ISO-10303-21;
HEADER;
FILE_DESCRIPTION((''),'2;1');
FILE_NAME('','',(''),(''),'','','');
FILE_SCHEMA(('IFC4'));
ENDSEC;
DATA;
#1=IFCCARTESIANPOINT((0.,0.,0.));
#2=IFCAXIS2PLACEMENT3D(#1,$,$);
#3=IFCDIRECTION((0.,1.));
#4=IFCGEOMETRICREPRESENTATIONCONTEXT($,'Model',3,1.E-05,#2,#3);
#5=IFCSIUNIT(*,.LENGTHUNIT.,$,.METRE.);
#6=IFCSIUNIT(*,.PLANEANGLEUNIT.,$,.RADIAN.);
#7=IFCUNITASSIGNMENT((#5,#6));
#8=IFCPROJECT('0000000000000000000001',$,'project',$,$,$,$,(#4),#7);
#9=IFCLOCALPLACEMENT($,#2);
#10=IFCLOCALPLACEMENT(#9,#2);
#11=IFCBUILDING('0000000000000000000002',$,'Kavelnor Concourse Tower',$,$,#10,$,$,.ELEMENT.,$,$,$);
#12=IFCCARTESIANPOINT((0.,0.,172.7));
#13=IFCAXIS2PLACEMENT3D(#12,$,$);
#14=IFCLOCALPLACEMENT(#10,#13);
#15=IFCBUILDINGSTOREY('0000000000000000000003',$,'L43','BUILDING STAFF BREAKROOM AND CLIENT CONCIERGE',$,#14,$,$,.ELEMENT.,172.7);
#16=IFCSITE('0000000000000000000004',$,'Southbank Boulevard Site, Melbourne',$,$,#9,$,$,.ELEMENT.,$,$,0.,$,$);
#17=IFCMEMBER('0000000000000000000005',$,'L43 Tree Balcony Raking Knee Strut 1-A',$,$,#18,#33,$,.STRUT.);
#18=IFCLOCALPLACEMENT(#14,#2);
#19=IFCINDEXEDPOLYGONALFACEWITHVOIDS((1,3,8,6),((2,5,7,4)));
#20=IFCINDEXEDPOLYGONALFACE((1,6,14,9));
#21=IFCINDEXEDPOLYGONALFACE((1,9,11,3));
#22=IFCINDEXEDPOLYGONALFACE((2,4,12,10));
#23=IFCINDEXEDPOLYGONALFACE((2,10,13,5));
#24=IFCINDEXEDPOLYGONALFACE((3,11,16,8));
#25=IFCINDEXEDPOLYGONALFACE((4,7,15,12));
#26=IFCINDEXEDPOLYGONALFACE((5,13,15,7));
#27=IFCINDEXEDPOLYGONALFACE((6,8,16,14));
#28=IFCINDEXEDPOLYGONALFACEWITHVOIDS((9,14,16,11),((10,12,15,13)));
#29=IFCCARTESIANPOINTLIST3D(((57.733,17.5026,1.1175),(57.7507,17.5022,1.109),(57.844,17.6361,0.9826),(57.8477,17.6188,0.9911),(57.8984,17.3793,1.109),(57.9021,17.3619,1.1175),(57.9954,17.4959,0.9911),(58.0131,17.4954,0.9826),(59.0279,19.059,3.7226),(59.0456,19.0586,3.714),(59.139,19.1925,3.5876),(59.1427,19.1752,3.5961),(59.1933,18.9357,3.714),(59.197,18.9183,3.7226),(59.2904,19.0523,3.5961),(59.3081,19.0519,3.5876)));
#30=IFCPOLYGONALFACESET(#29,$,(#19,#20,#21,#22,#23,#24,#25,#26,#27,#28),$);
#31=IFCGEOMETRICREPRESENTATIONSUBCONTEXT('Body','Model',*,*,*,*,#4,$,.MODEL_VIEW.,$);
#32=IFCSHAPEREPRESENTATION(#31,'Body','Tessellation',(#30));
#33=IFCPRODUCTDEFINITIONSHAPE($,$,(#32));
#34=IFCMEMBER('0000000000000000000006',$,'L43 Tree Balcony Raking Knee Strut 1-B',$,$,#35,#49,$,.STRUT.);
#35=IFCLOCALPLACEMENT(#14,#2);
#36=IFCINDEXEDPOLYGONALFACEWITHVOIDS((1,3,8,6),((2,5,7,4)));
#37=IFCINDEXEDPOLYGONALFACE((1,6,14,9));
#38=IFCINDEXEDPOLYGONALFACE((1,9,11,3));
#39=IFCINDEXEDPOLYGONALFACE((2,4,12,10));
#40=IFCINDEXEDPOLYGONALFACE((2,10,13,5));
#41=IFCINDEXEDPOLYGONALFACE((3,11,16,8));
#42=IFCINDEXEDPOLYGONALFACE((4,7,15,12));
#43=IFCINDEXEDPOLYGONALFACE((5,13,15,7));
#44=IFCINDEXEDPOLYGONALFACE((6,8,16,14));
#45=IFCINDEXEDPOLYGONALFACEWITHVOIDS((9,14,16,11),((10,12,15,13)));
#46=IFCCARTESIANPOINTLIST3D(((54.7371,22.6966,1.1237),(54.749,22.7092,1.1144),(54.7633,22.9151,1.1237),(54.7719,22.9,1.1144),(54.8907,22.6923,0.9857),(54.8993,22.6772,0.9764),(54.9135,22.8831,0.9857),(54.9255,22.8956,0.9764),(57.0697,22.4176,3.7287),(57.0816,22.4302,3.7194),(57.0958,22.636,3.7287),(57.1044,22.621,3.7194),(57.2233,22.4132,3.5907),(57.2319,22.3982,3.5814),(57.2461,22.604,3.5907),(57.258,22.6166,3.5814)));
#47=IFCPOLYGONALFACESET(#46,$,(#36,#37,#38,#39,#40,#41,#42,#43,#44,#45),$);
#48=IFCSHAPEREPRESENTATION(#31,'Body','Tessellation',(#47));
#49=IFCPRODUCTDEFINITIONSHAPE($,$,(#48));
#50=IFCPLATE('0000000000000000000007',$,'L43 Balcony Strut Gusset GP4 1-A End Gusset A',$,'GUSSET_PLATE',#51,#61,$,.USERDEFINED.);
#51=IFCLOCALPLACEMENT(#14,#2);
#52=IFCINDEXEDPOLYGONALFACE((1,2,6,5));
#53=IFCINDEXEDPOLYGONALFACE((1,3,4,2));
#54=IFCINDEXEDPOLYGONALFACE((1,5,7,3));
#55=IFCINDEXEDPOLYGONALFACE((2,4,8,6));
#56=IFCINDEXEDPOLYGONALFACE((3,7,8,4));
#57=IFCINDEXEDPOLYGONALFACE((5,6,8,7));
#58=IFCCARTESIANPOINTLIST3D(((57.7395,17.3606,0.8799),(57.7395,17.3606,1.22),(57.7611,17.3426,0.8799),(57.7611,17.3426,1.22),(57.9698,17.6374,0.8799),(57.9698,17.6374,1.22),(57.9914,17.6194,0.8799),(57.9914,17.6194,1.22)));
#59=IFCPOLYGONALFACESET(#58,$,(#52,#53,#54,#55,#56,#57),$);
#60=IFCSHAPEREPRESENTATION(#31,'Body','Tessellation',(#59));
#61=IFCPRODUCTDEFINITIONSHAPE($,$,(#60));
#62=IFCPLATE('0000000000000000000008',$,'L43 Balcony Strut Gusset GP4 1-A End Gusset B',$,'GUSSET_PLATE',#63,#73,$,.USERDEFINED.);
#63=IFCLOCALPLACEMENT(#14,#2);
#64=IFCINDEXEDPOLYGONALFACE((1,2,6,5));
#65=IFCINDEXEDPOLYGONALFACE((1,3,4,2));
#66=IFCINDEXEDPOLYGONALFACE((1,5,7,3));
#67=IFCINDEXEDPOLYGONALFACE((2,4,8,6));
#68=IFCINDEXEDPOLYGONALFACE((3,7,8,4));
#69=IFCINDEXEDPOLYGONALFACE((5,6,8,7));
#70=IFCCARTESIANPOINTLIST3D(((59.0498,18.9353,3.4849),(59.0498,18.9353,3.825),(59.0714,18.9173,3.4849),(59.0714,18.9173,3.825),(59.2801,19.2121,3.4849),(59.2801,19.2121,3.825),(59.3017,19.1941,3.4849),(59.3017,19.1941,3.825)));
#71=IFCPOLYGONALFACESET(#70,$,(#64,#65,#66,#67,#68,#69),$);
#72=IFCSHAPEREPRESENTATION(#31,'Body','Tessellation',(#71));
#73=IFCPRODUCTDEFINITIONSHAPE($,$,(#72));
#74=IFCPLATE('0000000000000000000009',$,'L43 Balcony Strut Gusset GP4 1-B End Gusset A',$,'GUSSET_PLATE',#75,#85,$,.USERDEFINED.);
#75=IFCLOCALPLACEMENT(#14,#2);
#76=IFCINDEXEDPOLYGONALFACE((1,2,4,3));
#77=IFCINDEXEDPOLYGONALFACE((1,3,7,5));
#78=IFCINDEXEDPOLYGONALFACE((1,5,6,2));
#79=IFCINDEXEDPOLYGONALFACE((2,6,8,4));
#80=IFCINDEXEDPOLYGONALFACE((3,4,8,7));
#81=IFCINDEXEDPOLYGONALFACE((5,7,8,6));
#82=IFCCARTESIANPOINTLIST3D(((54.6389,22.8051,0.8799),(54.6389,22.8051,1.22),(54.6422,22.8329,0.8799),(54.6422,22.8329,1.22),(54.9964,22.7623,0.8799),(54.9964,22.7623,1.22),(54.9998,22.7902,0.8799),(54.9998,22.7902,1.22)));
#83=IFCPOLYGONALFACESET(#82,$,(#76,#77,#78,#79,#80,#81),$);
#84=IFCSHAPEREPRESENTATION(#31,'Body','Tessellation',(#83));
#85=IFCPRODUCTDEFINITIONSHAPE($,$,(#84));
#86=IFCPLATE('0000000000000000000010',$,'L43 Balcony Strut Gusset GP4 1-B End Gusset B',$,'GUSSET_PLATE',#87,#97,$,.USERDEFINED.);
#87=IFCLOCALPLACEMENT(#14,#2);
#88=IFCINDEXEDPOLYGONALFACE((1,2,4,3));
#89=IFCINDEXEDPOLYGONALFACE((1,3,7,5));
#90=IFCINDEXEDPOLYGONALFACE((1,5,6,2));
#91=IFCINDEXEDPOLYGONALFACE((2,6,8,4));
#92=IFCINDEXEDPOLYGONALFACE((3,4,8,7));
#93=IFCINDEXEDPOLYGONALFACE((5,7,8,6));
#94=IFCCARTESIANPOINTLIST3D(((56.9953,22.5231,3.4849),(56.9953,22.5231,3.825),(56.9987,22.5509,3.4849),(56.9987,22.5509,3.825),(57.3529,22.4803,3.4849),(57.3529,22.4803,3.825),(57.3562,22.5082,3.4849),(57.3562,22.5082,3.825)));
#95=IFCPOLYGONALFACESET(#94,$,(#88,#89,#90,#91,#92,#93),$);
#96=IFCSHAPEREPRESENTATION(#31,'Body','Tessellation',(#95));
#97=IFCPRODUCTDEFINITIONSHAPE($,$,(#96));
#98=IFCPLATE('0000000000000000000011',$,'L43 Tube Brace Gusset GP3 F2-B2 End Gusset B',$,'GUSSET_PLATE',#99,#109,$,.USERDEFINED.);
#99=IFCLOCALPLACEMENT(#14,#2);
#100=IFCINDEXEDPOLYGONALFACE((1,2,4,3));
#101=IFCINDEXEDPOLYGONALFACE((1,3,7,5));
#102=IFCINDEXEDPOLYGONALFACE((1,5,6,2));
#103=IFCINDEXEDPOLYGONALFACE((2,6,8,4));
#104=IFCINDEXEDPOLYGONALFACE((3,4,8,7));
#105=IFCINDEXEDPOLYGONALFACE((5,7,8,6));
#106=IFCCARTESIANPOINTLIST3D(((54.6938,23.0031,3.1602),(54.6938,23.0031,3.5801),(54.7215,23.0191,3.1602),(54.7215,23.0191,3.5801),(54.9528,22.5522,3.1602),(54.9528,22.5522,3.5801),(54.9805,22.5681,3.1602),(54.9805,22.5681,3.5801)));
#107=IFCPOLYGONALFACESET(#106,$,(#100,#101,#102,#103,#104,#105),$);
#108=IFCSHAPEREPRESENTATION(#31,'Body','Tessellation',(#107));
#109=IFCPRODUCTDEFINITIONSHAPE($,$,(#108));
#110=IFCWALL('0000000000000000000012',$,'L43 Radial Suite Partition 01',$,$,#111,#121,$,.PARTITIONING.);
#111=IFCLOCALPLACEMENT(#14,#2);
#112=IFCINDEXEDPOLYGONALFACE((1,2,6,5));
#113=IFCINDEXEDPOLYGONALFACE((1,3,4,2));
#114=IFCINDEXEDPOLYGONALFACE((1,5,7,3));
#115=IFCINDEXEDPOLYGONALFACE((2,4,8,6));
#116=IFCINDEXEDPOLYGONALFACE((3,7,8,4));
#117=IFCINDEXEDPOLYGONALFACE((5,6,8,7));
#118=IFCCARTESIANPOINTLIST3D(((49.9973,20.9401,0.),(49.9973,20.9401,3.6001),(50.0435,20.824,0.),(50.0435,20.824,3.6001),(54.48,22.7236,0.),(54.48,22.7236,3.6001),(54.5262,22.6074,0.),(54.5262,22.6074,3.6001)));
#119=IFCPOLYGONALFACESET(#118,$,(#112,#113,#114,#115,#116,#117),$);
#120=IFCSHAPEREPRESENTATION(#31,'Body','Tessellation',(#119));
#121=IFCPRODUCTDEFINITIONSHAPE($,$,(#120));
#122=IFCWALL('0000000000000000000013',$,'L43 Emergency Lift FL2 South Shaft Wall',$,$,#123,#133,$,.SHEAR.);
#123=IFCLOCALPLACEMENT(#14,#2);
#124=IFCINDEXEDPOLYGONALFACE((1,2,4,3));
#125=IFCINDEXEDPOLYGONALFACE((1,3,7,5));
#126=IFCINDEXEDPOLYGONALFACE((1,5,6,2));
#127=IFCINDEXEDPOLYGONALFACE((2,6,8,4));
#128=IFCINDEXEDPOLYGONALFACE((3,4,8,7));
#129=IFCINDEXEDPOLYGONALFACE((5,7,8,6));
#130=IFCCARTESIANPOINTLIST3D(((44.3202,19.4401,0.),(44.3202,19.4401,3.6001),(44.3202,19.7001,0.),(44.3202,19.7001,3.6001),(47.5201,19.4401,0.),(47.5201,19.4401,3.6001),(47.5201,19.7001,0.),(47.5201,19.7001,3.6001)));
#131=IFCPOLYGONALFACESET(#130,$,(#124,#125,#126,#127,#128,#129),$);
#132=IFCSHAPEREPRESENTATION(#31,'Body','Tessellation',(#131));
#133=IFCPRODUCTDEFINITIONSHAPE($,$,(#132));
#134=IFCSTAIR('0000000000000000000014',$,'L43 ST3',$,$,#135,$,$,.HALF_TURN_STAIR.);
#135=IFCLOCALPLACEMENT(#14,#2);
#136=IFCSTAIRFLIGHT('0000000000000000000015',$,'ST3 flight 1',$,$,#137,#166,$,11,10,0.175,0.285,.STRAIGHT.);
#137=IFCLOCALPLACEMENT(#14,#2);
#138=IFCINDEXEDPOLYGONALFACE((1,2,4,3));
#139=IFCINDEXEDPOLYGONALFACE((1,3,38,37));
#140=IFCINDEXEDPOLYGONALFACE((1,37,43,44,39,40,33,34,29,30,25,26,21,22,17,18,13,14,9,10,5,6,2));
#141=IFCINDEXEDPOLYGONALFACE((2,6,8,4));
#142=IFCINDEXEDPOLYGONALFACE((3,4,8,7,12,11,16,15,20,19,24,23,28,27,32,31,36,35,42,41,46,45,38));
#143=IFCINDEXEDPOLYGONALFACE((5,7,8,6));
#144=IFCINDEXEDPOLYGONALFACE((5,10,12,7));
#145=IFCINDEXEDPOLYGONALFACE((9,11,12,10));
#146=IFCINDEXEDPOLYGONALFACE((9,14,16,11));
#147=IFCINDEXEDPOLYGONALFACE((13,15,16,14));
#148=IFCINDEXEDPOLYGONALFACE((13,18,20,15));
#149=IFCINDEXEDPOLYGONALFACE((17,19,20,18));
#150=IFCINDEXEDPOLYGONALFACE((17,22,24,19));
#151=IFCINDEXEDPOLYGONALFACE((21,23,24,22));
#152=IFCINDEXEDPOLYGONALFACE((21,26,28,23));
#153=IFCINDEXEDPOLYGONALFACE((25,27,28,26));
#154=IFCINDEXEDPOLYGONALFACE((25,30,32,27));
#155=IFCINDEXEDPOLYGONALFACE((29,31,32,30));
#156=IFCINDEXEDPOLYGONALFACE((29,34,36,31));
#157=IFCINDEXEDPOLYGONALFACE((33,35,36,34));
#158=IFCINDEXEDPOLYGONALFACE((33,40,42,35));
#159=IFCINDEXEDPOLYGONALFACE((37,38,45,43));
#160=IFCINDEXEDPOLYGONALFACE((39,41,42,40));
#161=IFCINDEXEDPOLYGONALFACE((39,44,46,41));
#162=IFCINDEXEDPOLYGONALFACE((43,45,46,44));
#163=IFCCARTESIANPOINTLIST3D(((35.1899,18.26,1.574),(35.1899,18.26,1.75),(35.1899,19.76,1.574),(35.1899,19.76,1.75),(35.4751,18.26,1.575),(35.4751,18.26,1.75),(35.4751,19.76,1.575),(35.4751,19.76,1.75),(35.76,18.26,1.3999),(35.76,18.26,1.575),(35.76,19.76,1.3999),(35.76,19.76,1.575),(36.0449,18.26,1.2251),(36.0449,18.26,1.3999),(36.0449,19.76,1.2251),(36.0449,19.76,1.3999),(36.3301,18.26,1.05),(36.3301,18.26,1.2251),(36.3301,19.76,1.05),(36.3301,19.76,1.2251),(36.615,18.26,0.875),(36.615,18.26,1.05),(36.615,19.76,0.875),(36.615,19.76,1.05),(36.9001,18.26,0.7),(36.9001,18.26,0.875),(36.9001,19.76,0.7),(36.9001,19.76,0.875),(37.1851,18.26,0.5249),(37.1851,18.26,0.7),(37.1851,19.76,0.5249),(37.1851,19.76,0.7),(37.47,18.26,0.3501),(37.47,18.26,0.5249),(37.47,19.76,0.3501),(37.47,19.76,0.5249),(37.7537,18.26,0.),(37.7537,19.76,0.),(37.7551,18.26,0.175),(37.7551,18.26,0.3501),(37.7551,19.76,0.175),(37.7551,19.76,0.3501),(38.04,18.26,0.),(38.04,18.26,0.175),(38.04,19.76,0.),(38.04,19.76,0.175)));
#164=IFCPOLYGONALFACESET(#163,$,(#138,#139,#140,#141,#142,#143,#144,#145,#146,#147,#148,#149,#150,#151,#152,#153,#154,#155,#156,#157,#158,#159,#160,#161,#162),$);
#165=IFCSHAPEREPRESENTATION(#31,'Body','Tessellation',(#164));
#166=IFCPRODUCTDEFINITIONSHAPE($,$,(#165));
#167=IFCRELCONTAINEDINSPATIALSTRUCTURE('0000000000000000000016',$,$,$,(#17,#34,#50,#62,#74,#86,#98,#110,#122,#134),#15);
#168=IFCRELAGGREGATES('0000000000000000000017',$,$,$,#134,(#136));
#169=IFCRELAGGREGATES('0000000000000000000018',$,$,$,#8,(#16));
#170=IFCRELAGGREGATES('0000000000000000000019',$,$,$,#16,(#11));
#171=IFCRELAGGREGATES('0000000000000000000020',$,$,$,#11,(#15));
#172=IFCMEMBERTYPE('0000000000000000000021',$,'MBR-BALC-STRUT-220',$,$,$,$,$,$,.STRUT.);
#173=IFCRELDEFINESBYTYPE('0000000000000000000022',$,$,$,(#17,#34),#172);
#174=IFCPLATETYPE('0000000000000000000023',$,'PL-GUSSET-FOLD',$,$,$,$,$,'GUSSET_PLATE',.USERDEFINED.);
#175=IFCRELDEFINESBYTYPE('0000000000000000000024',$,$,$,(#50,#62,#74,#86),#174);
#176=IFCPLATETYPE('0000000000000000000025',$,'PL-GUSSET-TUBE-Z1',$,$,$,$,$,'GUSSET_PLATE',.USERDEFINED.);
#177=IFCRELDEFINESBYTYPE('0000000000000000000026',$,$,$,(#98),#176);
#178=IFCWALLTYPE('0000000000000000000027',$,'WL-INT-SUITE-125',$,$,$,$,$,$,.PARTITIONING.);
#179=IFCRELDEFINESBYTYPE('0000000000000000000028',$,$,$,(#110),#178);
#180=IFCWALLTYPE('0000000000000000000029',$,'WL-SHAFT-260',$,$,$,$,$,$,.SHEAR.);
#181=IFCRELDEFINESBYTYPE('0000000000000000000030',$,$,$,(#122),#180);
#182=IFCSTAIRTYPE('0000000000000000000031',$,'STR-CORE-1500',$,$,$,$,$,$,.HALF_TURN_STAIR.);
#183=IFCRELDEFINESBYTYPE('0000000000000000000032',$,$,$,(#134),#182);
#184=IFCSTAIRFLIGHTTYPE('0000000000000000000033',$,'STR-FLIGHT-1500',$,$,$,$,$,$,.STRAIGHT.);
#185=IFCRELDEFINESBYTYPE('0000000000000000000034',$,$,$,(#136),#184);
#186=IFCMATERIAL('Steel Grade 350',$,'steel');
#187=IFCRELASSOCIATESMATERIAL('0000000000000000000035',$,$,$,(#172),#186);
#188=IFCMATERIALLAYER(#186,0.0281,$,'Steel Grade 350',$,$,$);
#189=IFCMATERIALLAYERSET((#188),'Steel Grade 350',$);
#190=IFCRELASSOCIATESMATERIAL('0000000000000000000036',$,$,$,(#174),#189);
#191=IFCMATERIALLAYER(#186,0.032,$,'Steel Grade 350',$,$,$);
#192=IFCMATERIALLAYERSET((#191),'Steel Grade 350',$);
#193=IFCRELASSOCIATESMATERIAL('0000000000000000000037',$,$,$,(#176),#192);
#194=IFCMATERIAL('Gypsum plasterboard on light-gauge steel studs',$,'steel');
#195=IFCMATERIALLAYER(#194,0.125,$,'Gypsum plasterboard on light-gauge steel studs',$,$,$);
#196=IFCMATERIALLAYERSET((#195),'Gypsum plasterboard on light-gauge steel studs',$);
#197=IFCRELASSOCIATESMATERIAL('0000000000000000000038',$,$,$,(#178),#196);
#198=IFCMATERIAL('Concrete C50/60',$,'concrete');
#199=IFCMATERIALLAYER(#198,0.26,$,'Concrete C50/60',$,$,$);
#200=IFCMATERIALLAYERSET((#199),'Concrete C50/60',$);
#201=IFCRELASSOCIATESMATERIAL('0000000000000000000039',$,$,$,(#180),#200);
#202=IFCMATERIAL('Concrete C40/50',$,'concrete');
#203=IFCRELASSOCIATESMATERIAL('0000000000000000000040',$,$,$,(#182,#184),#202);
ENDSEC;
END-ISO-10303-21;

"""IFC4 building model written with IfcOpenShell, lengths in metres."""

from ifc_helpers import new_model, si_unit, direction, frame, frame_2d, origin, origin_2d, place, context, subcontext, project, spatial, polyline, rectangle, hollow_rectangle, outline, extrude, material, layer, layer_set, material_profile, profile_set, type_object, element, aggregate, save


model = new_model("IFC4")

# Units and contexts
model_context = context("Model", 3, precision=1e-05, world=origin(), true_north=direction((0.0, 1.0)))
body_context = subcontext(model_context, "Body", "Model", "MODEL_VIEW")
ifc_project = project(units=[si_unit("LENGTHUNIT", "METRE"), si_unit("PLANEANGLEUNIT", "RADIAN")], contexts=[model_context])

# Site, building, storey
site_placement = place(None, origin())
site = spatial("IfcSite", under=ifc_project, at=site_placement, Name="Southbank Boulevard Site, Melbourne", CompositionType="ELEMENT", RefElevation=0.0)
building_placement = place(site_placement, origin())
building = spatial("IfcBuilding", under=site, at=building_placement, Name="Kavelnor Concourse Tower", CompositionType="ELEMENT")
storey_placement = place(building_placement, frame((0.0, 0.0, 172.7)))
storey = spatial("IfcBuildingStorey", under=building, at=storey_placement, Name="L43", Description="BUILDING STAFF BREAKROOM AND CLIENT CONCIERGE", CompositionType="ELEMENT", Elevation=172.7)

# Shared definitions
ifc_material_1 = material(Name="Steel Grade 350", Category="steel")

# Members
ifc_material_profile_1 = material_profile(ifc_material_1, hollow_rectangle(XDim=0.22, YDim=0.22, WallThickness=0.0139, at=origin_2d()), Name="SHS 220x220x14")
ifc_profile_set_1 = profile_set([ifc_material_profile_1], Name="Steel Grade 350")
member_type = type_object("IfcMemberType", Name="MBR-BALC-STRUT-220", PredefinedType="STRUT", material=ifc_profile_set_1)
member_1_placement = place(storey_placement, frame((57.873, 17.499, 1.05), z_axis=(0.392489, 0.471741, 0.789565), x_axis=(-0.768725, 0.639579, 0.0)))
element("IfcMember", 1, at=member_1_placement, inside=storey, type_object=member_type, Name="L43 Tree Balcony Raking Knee Strut 1-A", PredefinedType="STRUT", context=body_context, shape_type="SweptSolid", body=[
    extrude(hollow_rectangle(XDim=0.22, YDim=0.22, WallThickness=0.0139, at=origin_2d()), origin(), (0.0, 0.0, 1.0), 3.2993),
])
member_2_placement = place(storey_placement, frame((54.8313, 22.7961, 1.05), z_axis=(0.664958, -0.079553, 0.742632), x_axis=(0.118789, 0.99292, 0.0)))
element("IfcMember", 2, at=member_2_placement, inside=storey, type_object=member_type, Name="L43 Tree Balcony Raking Knee Strut 1-B", PredefinedType="STRUT", context=body_context, shape_type="SweptSolid", body=[
    extrude(hollow_rectangle(XDim=0.22, YDim=0.22, WallThickness=0.0139, at=origin_2d()), origin(), (0.0, 0.0, 1.0), 3.5078),
])

# Plates
ifc_layer_1 = layer(ifc_material_1, 0.0281, Name="Steel Grade 350")
ifc_layer_set_1 = layer_set([ifc_layer_1], Name="Steel Grade 350")
plate_type_1 = type_object("IfcPlateType", Name="PL-GUSSET-FOLD", ElementType="GUSSET_PLATE", PredefinedType="USERDEFINED", material=ifc_layer_set_1)
for number, where, z_axis, x_axis, name in (
    (3, (57.8655, 17.49, 0.8799), (0.0, 0.0, 1.0), (0.639573, 0.76873, 0.0), "L43 Balcony Strut Gusset GP4 1-A End Gusset A"),
    (4, (59.1758, 19.0647, 3.4849), (0.0, 0.0, 1.0), (0.639573, 0.76873, 0.0), "L43 Balcony Strut Gusset GP4 1-A End Gusset B"),
    (5, (54.8193, 22.7976, 0.8799), (0.0, 0.0, 1.0), (0.992924, -0.118751, 0.0), "L43 Balcony Strut Gusset GP4 1-B End Gusset A"),
    (6, (57.1758, 22.5156, 3.4849), (0.0, 0.0, 1.0), (0.992924, -0.118751, 0.0), "L43 Balcony Strut Gusset GP4 1-B End Gusset B"),
):
    element("IfcPlate", number, at=place(storey_placement, frame(where, z_axis=z_axis, x_axis=x_axis)), inside=storey, type_object=plate_type_1, Name=name, ObjectType="GUSSET_PLATE", PredefinedType="USERDEFINED", context=body_context, shape_type="SweptSolid", body=[
        extrude(rectangle(XDim=0.3601, YDim=0.0281, at=origin_2d()), origin(), (0.0, 0.0, 1.0), 0.3401),
    ])
ifc_layer_2 = layer(ifc_material_1, 0.032, Name="Steel Grade 350")
ifc_layer_set_2 = layer_set([ifc_layer_2], Name="Steel Grade 350")
plate_type_2 = type_object("IfcPlateType", Name="PL-GUSSET-TUBE-Z1", ElementType="GUSSET_PLATE", PredefinedType="USERDEFINED", material=ifc_layer_set_2)
plate_placement = place(storey_placement, frame((54.8372, 22.7856, 3.1602), z_axis=(0.0, 0.0, 1.0), x_axis=(0.498034, -0.867158, 0.0)))
element("IfcPlate", 7, at=plate_placement, inside=storey, type_object=plate_type_2, Name="L43 Tube Brace Gusset GP3 F2-B2 End Gusset B", ObjectType="GUSSET_PLATE", PredefinedType="USERDEFINED", context=body_context, shape_type="SweptSolid", body=[
    extrude(rectangle(XDim=0.52, YDim=0.032, at=origin_2d()), origin(), (0.0, 0.0, 1.0), 0.4199),
])

# Walls
ifc_material_2 = material(Name="Gypsum plasterboard on light-gauge steel studs", Category="steel")
ifc_layer_3 = layer(ifc_material_2, 0.125, Name="Gypsum plasterboard on light-gauge steel studs")
ifc_layer_set_3 = layer_set([ifc_layer_3], Name="Gypsum plasterboard on light-gauge steel studs")
wall_type_1 = type_object("IfcWallType", Name="WL-INT-SUITE-125", PredefinedType="PARTITIONING", material=ifc_layer_set_3)
wall_1_placement = place(storey_placement, frame((50.0205, 20.8821, 0.0), z_axis=(0.0, 0.0, 1.0), x_axis=(0.929163, 0.369671, 0.0)))
element("IfcWall", 8, at=wall_1_placement, inside=storey, type_object=wall_type_1, Name="L43 Radial Suite Partition 01", PredefinedType="PARTITIONING", context=body_context, shape_type="SweptSolid", body=[
    extrude(rectangle(XDim=4.8245, YDim=0.125, at=frame_2d((2.4121, 0.0))), origin(), (0.0, 0.0, 1.0), 3.6001),
])
ifc_material_3 = material(Name="Concrete C50/60", Category="concrete")
ifc_layer_4 = layer(ifc_material_3, 0.26, Name="Concrete C50/60")
ifc_layer_set_4 = layer_set([ifc_layer_4], Name="Concrete C50/60")
wall_type_2 = type_object("IfcWallType", Name="WL-SHAFT-260", PredefinedType="SHEAR", material=ifc_layer_set_4)
wall_2_placement = place(storey_placement, frame((44.3201, 19.5701, 0.0), z_axis=(0.0, 0.0, 1.0), x_axis=(1.0, 0.0, 0.0)))
element("IfcWall", 9, at=wall_2_placement, inside=storey, type_object=wall_type_2, Name="L43 Emergency Lift FL2 South Shaft Wall", PredefinedType="SHEAR", context=body_context, shape_type="SweptSolid", body=[
    extrude(rectangle(XDim=3.2, YDim=0.26, at=frame_2d((1.6001, 0.0))), origin(), (0.0, 0.0, 1.0), 3.6001),
])

# Stair, stair flight
ifc_material_4 = material(Name="Concrete C40/50", Category="concrete")
stair_type = type_object("IfcStairType", Name="STR-CORE-1500", PredefinedType="HALF_TURN_STAIR", material=ifc_material_4)
stair_placement = place(storey_placement, origin())
stair = element("IfcStair", 10, at=stair_placement, inside=storey, type_object=stair_type, Name="L43 ST3", PredefinedType="HALF_TURN_STAIR")
stair_flight_type = type_object("IfcStairFlightType", Name="STR-FLIGHT-1500", PredefinedType="STRAIGHT", material=ifc_material_4)
stair_flight_placement = place(storey_placement, frame((38.04, 19.01, 0.0), z_axis=(0.0, 0.0, 1.0), x_axis=(-1.0, 0.0, 0.0)))
stair_flight = element("IfcStairFlight", 11, at=stair_flight_placement, type_object=stair_flight_type, Name="ST3 flight 1", NumberOfRisers=11, NumberOfTreads=10, PredefinedType="STRAIGHT", RiserHeight=0.175, TreadLength=0.285, context=body_context, shape_type="SweptSolid", body=[
    extrude(outline(polyline([(0.0, 0.0), (0.0, 0.175), (0.2849, 0.175), (0.2849, 0.3501), (0.5701, 0.3501), (0.5701, 0.5249), (0.855, 0.5249), (0.855, 0.7), (1.1399, 0.7), (1.1399, 0.875), (1.425, 0.875), (1.425, 1.05), (1.71, 1.05), (1.71, 1.2251), (1.9951, 1.2251), (1.9951, 1.3999), (2.28, 1.3999), (2.28, 1.575), (2.5649, 1.575), (2.5649, 1.75), (2.8501, 1.75), (2.8501, 1.925), (2.8501, 1.574), (0.2864, 0.0), (0.0, 0.0)])), frame((0.0, 0.75, 0.0), z_axis=(0.0, -1.0, 0.0), x_axis=(1.0, 0.0, 0.0)), (0.0, 0.0, 1.0), 1.5),
])
aggregate(stair, [stair_flight])

save(model, "model.ifc")
